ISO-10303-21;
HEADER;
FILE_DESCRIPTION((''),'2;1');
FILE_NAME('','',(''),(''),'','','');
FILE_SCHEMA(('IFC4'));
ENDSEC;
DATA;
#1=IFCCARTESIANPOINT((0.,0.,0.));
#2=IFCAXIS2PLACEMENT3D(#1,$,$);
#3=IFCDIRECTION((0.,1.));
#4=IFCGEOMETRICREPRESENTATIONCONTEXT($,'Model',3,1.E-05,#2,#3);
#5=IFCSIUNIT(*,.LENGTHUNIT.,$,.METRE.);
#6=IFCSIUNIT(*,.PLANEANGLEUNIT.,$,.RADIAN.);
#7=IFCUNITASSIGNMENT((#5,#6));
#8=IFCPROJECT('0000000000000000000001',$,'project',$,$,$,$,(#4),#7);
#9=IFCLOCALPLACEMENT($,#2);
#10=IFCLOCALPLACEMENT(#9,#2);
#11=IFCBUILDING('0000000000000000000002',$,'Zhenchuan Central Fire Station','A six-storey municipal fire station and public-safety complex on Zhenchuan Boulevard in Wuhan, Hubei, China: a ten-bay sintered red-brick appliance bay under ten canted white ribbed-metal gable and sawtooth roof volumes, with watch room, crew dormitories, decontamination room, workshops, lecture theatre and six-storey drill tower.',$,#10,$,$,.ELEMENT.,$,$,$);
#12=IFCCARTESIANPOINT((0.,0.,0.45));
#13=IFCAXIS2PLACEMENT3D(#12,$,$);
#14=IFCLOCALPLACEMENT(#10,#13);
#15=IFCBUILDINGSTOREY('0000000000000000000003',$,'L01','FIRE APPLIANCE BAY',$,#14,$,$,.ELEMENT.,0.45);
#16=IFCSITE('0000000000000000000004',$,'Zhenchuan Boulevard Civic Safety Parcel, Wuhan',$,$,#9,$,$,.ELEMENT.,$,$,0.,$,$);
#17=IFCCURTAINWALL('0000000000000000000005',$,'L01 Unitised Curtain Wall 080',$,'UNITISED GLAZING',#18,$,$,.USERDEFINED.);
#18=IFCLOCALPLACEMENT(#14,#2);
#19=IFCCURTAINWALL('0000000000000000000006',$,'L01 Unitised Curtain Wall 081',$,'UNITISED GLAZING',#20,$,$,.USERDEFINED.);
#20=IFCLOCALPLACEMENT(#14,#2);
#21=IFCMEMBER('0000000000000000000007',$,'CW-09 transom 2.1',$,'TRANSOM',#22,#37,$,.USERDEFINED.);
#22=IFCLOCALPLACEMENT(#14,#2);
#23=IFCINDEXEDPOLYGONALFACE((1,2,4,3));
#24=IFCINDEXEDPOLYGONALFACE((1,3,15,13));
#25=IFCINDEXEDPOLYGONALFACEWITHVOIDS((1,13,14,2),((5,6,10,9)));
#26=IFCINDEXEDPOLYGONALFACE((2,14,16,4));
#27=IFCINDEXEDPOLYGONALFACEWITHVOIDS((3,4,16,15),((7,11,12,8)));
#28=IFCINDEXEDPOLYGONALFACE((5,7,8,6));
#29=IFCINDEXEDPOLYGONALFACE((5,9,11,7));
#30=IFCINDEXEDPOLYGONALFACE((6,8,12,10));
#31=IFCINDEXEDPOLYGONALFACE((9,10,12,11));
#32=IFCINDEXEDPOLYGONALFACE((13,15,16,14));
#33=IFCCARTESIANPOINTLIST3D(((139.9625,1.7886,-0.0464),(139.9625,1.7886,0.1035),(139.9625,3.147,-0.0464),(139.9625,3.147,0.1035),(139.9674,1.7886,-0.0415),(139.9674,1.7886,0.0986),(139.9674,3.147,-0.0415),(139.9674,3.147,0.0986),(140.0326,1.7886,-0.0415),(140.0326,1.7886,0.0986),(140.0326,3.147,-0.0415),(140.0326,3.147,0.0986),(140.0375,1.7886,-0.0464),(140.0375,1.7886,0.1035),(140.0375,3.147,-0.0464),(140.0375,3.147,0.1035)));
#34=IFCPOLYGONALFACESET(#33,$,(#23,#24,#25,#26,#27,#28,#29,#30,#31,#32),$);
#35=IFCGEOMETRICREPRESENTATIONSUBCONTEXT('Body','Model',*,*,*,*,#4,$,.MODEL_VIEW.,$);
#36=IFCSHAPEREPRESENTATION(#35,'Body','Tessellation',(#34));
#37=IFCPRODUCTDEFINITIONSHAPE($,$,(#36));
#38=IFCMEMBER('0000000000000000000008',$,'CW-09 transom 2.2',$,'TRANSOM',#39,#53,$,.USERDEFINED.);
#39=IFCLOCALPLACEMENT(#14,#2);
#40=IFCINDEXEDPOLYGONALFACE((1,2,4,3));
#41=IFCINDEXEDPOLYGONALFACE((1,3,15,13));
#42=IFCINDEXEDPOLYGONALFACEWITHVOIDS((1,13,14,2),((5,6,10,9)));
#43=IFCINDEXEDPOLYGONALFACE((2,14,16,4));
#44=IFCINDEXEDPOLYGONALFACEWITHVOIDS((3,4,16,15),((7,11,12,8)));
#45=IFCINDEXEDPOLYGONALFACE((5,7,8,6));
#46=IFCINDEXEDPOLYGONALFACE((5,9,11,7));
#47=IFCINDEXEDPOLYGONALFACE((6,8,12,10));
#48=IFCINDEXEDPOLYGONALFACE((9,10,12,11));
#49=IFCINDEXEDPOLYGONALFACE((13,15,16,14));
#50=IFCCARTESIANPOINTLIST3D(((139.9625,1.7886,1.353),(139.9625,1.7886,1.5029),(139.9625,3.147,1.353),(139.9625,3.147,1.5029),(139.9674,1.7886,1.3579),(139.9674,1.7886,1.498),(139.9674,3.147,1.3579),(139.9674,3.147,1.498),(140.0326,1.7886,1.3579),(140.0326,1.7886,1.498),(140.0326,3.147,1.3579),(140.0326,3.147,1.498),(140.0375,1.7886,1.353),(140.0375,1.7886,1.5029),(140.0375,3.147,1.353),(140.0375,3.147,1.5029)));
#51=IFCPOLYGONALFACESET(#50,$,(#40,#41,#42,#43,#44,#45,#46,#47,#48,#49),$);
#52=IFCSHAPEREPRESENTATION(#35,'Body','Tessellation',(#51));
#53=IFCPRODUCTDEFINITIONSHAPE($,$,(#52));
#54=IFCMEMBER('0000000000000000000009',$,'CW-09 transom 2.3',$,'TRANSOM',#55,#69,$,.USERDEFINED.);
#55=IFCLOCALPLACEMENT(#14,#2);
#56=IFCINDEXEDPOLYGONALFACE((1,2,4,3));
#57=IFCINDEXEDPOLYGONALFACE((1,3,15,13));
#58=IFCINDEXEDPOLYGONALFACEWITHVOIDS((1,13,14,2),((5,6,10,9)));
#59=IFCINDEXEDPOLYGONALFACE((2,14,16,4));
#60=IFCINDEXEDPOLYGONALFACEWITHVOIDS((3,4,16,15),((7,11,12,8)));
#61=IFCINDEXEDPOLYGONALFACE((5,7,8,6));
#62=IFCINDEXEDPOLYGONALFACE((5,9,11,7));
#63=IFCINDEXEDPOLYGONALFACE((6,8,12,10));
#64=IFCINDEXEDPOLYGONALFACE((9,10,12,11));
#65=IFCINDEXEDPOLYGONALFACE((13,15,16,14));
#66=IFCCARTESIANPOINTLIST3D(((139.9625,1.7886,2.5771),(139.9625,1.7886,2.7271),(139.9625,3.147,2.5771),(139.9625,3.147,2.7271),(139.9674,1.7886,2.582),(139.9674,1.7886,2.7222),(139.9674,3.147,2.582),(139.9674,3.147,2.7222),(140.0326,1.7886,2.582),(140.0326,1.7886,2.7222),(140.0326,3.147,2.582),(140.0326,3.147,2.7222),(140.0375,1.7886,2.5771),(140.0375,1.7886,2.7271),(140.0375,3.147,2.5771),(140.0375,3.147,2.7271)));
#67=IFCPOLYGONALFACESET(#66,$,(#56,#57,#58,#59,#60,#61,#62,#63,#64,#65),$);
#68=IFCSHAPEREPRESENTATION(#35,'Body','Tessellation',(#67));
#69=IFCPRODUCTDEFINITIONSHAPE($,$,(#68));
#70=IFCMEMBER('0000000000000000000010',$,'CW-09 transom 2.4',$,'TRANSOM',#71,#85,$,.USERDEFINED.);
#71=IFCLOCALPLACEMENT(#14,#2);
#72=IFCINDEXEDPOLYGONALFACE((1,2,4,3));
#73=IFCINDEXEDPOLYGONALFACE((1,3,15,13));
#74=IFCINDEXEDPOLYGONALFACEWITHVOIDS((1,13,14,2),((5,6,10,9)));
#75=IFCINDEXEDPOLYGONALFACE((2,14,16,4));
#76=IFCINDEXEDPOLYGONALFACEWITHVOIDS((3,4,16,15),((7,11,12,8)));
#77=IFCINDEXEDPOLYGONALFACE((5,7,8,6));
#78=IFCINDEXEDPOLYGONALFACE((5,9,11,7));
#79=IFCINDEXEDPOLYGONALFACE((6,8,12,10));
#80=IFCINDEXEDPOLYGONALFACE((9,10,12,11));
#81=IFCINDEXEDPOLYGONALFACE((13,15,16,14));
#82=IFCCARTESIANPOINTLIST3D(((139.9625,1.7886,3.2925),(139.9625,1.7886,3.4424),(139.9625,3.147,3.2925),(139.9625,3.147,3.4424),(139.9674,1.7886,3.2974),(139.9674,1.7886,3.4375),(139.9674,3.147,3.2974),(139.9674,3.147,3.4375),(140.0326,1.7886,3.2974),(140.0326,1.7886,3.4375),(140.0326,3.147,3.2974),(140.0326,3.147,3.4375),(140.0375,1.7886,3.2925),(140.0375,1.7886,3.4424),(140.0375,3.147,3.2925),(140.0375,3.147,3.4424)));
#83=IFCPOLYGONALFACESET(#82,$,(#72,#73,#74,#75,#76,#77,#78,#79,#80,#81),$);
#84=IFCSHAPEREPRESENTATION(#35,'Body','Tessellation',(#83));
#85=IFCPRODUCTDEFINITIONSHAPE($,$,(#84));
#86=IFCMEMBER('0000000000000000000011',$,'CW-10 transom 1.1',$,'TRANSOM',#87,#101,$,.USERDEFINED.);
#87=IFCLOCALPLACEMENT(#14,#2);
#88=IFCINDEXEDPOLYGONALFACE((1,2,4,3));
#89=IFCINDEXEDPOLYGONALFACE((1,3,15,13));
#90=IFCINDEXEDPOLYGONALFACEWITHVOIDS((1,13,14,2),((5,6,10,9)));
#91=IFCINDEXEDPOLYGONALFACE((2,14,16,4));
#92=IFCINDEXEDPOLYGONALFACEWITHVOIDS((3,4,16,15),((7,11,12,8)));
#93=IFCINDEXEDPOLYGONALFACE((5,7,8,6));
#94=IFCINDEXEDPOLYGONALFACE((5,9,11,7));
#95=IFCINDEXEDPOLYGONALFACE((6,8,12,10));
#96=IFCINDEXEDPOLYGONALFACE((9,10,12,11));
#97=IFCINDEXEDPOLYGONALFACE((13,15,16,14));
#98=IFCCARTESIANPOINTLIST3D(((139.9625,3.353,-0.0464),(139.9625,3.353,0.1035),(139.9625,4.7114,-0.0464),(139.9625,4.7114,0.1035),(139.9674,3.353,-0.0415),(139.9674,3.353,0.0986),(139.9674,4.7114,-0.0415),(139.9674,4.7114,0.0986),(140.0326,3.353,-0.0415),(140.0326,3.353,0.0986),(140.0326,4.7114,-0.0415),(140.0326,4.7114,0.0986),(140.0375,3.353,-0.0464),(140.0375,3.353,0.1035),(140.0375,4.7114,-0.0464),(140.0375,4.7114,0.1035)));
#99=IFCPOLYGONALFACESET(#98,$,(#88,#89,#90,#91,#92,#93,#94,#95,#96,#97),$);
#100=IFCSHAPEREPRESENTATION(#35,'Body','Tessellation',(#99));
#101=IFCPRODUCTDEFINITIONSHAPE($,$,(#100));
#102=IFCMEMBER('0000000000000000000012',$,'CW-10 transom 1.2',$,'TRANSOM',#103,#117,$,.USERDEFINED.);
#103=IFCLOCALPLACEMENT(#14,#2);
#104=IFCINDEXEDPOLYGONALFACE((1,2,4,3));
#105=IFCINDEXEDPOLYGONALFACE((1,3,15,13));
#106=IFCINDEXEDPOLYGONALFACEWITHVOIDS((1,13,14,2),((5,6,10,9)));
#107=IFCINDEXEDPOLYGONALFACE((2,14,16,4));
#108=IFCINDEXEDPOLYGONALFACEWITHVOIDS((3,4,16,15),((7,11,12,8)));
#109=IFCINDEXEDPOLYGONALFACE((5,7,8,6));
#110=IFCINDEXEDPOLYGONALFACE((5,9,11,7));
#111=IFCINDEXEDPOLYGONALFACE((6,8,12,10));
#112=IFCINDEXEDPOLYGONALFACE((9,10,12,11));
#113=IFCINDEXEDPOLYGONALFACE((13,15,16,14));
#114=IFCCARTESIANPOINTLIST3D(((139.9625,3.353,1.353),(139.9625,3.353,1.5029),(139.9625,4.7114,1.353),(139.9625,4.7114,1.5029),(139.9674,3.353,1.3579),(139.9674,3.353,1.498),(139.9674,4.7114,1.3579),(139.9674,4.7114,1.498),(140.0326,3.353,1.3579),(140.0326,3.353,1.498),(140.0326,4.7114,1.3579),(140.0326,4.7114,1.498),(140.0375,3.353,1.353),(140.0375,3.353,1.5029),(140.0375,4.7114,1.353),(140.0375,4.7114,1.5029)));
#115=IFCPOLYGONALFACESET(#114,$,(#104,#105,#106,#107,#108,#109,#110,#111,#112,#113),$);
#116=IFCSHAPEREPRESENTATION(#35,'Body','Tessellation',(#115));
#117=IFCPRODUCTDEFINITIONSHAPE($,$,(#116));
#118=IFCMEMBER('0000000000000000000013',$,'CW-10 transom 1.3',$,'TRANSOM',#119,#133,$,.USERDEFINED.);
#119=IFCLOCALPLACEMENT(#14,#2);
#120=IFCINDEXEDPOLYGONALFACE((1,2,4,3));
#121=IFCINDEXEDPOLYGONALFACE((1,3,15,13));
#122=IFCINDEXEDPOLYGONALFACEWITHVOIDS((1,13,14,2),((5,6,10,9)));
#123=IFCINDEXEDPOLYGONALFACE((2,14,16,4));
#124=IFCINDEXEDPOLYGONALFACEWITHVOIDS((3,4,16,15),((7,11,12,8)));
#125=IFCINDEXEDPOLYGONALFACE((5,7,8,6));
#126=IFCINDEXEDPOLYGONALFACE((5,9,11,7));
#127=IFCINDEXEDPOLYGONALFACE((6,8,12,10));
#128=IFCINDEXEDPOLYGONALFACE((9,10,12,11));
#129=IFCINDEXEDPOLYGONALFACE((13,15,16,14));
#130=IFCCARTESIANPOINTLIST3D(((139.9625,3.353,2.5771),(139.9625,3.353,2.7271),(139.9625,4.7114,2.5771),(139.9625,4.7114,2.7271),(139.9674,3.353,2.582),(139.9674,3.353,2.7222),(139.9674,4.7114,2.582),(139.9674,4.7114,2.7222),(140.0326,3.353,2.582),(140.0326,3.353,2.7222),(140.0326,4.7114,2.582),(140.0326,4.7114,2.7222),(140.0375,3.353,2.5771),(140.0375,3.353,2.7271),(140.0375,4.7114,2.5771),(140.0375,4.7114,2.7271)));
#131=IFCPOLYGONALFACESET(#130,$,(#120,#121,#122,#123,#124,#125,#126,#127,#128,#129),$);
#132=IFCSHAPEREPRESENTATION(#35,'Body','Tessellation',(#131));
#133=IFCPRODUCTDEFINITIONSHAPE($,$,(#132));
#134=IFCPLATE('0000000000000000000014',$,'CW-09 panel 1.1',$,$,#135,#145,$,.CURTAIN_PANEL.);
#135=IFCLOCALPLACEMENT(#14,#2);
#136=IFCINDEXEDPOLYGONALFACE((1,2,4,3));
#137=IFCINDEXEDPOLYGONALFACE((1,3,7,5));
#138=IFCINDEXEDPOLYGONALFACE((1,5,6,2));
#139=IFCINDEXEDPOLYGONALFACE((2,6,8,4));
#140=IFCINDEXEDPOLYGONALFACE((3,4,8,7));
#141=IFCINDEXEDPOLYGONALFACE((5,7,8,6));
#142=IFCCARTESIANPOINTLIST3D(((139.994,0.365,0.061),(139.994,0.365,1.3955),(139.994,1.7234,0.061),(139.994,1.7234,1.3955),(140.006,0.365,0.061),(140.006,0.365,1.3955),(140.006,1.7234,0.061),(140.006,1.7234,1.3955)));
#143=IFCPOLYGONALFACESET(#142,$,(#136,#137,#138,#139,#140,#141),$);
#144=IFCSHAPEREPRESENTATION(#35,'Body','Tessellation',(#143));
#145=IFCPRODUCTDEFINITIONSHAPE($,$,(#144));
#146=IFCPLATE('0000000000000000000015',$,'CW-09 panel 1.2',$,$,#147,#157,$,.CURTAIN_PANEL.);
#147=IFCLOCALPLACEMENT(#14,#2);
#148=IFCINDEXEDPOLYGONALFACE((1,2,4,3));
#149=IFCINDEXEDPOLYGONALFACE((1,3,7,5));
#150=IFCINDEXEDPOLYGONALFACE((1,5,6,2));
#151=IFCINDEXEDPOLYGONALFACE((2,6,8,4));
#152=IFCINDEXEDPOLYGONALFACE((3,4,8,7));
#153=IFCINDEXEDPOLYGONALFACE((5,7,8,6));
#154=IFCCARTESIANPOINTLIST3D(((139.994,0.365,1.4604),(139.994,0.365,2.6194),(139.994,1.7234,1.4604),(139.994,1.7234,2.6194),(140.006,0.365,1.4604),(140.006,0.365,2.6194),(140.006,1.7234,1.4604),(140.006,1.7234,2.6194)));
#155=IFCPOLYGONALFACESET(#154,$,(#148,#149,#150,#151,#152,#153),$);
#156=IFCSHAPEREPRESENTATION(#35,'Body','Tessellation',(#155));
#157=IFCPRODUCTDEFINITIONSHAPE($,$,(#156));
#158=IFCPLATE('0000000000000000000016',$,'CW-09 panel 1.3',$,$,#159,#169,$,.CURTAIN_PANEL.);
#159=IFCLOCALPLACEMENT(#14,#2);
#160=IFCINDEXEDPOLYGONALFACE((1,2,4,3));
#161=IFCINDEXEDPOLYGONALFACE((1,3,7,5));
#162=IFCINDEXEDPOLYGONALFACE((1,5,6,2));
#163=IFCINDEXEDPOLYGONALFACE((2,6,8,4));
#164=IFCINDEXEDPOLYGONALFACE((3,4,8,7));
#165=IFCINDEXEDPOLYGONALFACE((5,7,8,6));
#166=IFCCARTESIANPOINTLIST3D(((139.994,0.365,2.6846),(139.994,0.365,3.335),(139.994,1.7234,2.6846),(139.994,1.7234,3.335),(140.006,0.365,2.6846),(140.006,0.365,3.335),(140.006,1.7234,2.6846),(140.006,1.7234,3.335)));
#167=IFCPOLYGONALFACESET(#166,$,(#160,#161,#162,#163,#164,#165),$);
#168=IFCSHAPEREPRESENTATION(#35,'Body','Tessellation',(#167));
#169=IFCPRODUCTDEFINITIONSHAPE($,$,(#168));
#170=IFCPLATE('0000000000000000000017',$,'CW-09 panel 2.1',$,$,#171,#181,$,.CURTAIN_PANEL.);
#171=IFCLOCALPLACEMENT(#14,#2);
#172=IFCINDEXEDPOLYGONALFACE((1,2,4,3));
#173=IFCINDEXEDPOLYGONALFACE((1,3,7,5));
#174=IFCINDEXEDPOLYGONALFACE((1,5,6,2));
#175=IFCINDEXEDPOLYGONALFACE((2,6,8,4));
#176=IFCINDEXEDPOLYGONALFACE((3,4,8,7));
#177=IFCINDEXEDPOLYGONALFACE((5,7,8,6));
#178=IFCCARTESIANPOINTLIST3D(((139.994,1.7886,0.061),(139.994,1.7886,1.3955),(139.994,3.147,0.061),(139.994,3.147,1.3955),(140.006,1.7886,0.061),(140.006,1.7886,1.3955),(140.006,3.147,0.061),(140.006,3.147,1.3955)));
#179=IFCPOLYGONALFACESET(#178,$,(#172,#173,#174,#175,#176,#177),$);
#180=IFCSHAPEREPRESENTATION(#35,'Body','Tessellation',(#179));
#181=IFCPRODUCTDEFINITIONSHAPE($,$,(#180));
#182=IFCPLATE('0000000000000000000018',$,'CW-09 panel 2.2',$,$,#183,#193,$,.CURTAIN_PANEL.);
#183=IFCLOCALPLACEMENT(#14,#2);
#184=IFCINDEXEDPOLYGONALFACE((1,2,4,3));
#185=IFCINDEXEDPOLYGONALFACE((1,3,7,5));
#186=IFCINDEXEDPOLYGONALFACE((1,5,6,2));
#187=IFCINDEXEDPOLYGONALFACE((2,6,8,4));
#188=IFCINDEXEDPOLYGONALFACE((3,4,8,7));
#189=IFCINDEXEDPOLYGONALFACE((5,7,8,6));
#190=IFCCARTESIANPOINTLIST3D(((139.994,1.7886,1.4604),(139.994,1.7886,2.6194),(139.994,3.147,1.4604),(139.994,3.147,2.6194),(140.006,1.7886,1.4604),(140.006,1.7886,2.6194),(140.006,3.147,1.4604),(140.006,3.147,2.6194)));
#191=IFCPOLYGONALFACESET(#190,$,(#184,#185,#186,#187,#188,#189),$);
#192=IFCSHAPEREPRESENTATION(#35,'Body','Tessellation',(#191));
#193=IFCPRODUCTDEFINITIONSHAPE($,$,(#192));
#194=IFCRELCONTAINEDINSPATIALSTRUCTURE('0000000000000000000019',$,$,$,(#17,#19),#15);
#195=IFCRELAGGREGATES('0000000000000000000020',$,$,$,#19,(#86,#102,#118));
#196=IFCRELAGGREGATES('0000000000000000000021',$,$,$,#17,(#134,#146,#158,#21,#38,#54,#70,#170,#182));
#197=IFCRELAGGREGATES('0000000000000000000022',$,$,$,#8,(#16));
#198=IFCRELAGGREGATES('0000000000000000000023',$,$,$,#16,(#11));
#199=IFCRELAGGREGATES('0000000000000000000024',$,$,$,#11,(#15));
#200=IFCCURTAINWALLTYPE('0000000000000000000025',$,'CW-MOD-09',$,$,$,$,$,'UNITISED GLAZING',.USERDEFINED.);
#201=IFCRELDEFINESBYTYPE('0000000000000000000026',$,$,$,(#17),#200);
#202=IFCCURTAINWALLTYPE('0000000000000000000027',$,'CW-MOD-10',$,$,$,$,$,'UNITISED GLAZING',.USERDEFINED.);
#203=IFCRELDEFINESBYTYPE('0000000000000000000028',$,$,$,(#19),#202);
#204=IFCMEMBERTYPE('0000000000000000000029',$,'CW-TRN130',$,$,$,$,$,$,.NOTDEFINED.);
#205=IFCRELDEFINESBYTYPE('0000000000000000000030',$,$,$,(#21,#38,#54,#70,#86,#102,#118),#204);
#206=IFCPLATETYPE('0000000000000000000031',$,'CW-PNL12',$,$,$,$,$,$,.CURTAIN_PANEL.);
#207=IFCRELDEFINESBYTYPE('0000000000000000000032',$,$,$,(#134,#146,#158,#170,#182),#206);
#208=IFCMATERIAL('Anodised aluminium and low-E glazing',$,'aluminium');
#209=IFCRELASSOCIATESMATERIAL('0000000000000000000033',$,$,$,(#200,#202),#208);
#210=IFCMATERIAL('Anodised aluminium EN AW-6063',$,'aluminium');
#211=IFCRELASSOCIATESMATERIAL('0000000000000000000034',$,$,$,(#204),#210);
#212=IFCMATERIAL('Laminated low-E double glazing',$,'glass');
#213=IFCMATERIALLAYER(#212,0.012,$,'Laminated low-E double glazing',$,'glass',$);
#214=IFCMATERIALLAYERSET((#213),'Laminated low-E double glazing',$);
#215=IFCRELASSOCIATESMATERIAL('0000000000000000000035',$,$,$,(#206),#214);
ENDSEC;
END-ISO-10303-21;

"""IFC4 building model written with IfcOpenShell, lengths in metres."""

from ifc_helpers import new_model, si_unit, direction, frame, origin, origin_2d, place, context, subcontext, project, spatial, rectangle, hollow_rectangle, extrude, material, layer, layer_set, material_profile, profile_set, type_object, element, aggregate, save


model = new_model("IFC4")

# Units and contexts
model_context = context("Model", 3, precision=1e-05, world=origin(), true_north=direction((0.0, 1.0)))
body_context = subcontext(model_context, "Body", "Model", "MODEL_VIEW")
ifc_project = project(units=[si_unit("LENGTHUNIT", "METRE"), si_unit("PLANEANGLEUNIT", "RADIAN")], contexts=[model_context])

# Site, building, storey
site_placement = place(None, origin())
site = spatial("IfcSite", under=ifc_project, at=site_placement, Name="Zhenchuan Boulevard Civic Safety Parcel, Wuhan", CompositionType="ELEMENT", RefElevation=0.0)
building_placement = place(site_placement, origin())
building = spatial("IfcBuilding", under=site, at=building_placement, Name="Zhenchuan Central Fire Station", Description="A six-storey municipal fire station and public-safety complex on Zhenchuan Boulevard in Wuhan, Hubei, China: a ten-bay sintered red-brick appliance bay under ten canted white ribbed-metal gable and sawtooth roof volumes, with watch room, crew dormitories, decontamination room, workshops, lecture theatre and six-storey drill tower.", CompositionType="ELEMENT")
storey_placement = place(building_placement, frame((0.0, 0.0, 0.45)))
storey = spatial("IfcBuildingStorey", under=building, at=storey_placement, Name="L01", Description="FIRE APPLIANCE BAY", CompositionType="ELEMENT", Elevation=0.45)

# Curtain wall
ifc_material_1 = material(Name="Anodised aluminium and low-E glazing", Category="aluminium")
curtain_wall_type_1 = type_object("IfcCurtainWallType", Name="CW-MOD-09", ElementType="UNITISED GLAZING", PredefinedType="USERDEFINED", material=ifc_material_1)
curtain_wall_1_placement = place(storey_placement, origin())
curtain_wall_1 = element("IfcCurtainWall", 1, at=curtain_wall_1_placement, inside=storey, type_object=curtain_wall_type_1, Name="L01 Unitised Curtain Wall 080", ObjectType="UNITISED GLAZING", PredefinedType="USERDEFINED")
ifc_material_2 = material(Name="Anodised aluminium EN AW-6063", Category="aluminium")

# Curtain wall
curtain_wall_type_2 = type_object("IfcCurtainWallType", Name="CW-MOD-10", ElementType="UNITISED GLAZING", PredefinedType="USERDEFINED", material=ifc_material_1)
curtain_wall_2_placement = place(storey_placement, origin())
curtain_wall_2 = element("IfcCurtainWall", 2, at=curtain_wall_2_placement, inside=storey, type_object=curtain_wall_type_2, Name="L01 Unitised Curtain Wall 081", ObjectType="UNITISED GLAZING", PredefinedType="USERDEFINED")

# Members
ifc_material_profile_1 = material_profile(ifc_material_2, hollow_rectangle(XDim=0.075, YDim=0.1499, WallThickness=0.0049, at=origin_2d()), Name="ALU-T 150x75")
ifc_profile_set_1 = profile_set([ifc_material_profile_1], Name="Anodised aluminium EN AW-6063")
member_type_1 = type_object("IfcMemberType", Name="CW-TRN130", PredefinedType="NOTDEFINED", material=ifc_profile_set_1)
member_1_placement = place(storey_placement, frame((140.0, 1.7886, 0.0286), z_axis=(0.0, 1.0, 0.0), x_axis=(-1.0, 0.0, 0.0)))
member_1 = element("IfcMember", 3, at=member_1_placement, type_object=member_type_1, Name="CW-09 transom 2.1", ObjectType="TRANSOM", PredefinedType="USERDEFINED", context=body_context, shape_type="SweptSolid", body=[
    extrude(hollow_rectangle(XDim=0.075, YDim=0.1499, WallThickness=0.0049, at=origin_2d()), origin(), (0.0, 0.0, 1.0), 1.3584),
])
member_2_placement = place(storey_placement, frame((140.0, 1.7886, 1.428), z_axis=(0.0, 1.0, 0.0), x_axis=(-1.0, 0.0, 0.0)))
member_2 = element("IfcMember", 4, at=member_2_placement, type_object=member_type_1, Name="CW-09 transom 2.2", ObjectType="TRANSOM", PredefinedType="USERDEFINED", context=body_context, shape_type="SweptSolid", body=[
    extrude(hollow_rectangle(XDim=0.075, YDim=0.1499, WallThickness=0.0049, at=origin_2d()), origin(), (0.0, 0.0, 1.0), 1.3584),
])
member_3_placement = place(storey_placement, frame((140.0, 1.7886, 2.6521), z_axis=(0.0, 1.0, 0.0), x_axis=(-1.0, 0.0, 0.0)))
member_3 = element("IfcMember", 5, at=member_3_placement, type_object=member_type_1, Name="CW-09 transom 2.3", ObjectType="TRANSOM", PredefinedType="USERDEFINED", context=body_context, shape_type="SweptSolid", body=[
    extrude(hollow_rectangle(XDim=0.075, YDim=0.1499, WallThickness=0.0049, at=origin_2d()), origin(), (0.0, 0.0, 1.0), 1.3584),
])
member_4_placement = place(storey_placement, frame((140.0, 1.7886, 3.3674), z_axis=(0.0, 1.0, 0.0), x_axis=(-1.0, 0.0, 0.0)))
member_4 = element("IfcMember", 6, at=member_4_placement, type_object=member_type_1, Name="CW-09 transom 2.4", ObjectType="TRANSOM", PredefinedType="USERDEFINED", context=body_context, shape_type="SweptSolid", body=[
    extrude(hollow_rectangle(XDim=0.075, YDim=0.1499, WallThickness=0.0049, at=origin_2d()), origin(), (0.0, 0.0, 1.0), 1.3584),
])
member_5_placement = place(storey_placement, frame((140.0, 3.353, 0.0286), z_axis=(0.0, 1.0, 0.0), x_axis=(-1.0, 0.0, 0.0)))
member_5 = element("IfcMember", 7, at=member_5_placement, type_object=member_type_1, Name="CW-10 transom 1.1", ObjectType="TRANSOM", PredefinedType="USERDEFINED", context=body_context, shape_type="SweptSolid", body=[
    extrude(hollow_rectangle(XDim=0.075, YDim=0.1499, WallThickness=0.0049, at=origin_2d()), origin(), (0.0, 0.0, 1.0), 1.3584),
])
member_6_placement = place(storey_placement, frame((140.0, 3.353, 1.428), z_axis=(0.0, 1.0, 0.0), x_axis=(-1.0, 0.0, 0.0)))
member_6 = element("IfcMember", 8, at=member_6_placement, type_object=member_type_1, Name="CW-10 transom 1.2", ObjectType="TRANSOM", PredefinedType="USERDEFINED", context=body_context, shape_type="SweptSolid", body=[
    extrude(hollow_rectangle(XDim=0.075, YDim=0.1499, WallThickness=0.0049, at=origin_2d()), origin(), (0.0, 0.0, 1.0), 1.3584),
])
member_7_placement = place(storey_placement, frame((140.0, 3.353, 2.6521), z_axis=(0.0, 1.0, 0.0), x_axis=(-1.0, 0.0, 0.0)))
member_7 = element("IfcMember", 9, at=member_7_placement, type_object=member_type_1, Name="CW-10 transom 1.3", ObjectType="TRANSOM", PredefinedType="USERDEFINED", context=body_context, shape_type="SweptSolid", body=[
    extrude(hollow_rectangle(XDim=0.075, YDim=0.1499, WallThickness=0.0049, at=origin_2d()), origin(), (0.0, 0.0, 1.0), 1.3584),
])
aggregate(curtain_wall_2, [member_5, member_6, member_7])

# Plates
ifc_material_3 = material(Name="Laminated low-E double glazing", Category="glass")
ifc_layer = layer(ifc_material_3, 0.012, Name="Laminated low-E double glazing", Category="glass")
ifc_layer_set = layer_set([ifc_layer], Name="Laminated low-E double glazing")
plate_type = type_object("IfcPlateType", Name="CW-PNL12", PredefinedType="CURTAIN_PANEL", material=ifc_layer_set)
plate_1_placement = place(storey_placement, frame((140.0, 1.0442, 0.061), z_axis=(0.0, 0.0, 1.0), x_axis=(0.0, 1.0, 0.0)))
plate_1 = element("IfcPlate", 10, at=plate_1_placement, type_object=plate_type, Name="CW-09 panel 1.1", PredefinedType="CURTAIN_PANEL", context=body_context, shape_type="SweptSolid", body=[
    extrude(rectangle(XDim=1.3584, YDim=0.012, at=origin_2d()), origin(), (0.0, 0.0, 1.0), 1.3345),
])
plate_2_placement = place(storey_placement, frame((140.0, 1.0442, 1.4604), z_axis=(0.0, 0.0, 1.0), x_axis=(0.0, 1.0, 0.0)))
plate_2 = element("IfcPlate", 11, at=plate_2_placement, type_object=plate_type, Name="CW-09 panel 1.2", PredefinedType="CURTAIN_PANEL", context=body_context, shape_type="SweptSolid", body=[
    extrude(rectangle(XDim=1.3584, YDim=0.012, at=origin_2d()), origin(), (0.0, 0.0, 1.0), 1.1589),
])
plate_3_placement = place(storey_placement, frame((140.0, 1.0442, 2.6846), z_axis=(0.0, 0.0, 1.0), x_axis=(0.0, 1.0, 0.0)))
plate_3 = element("IfcPlate", 12, at=plate_3_placement, type_object=plate_type, Name="CW-09 panel 1.3", PredefinedType="CURTAIN_PANEL", context=body_context, shape_type="SweptSolid", body=[
    extrude(rectangle(XDim=1.3584, YDim=0.012, at=origin_2d()), origin(), (0.0, 0.0, 1.0), 0.6504),
])
plate_4_placement = place(storey_placement, frame((140.0, 2.4678, 0.061), z_axis=(0.0, 0.0, 1.0), x_axis=(0.0, 1.0, 0.0)))
plate_4 = element("IfcPlate", 13, at=plate_4_placement, type_object=plate_type, Name="CW-09 panel 2.1", PredefinedType="CURTAIN_PANEL", context=body_context, shape_type="SweptSolid", body=[
    extrude(rectangle(XDim=1.3584, YDim=0.012, at=origin_2d()), origin(), (0.0, 0.0, 1.0), 1.3345),
])
plate_5_placement = place(storey_placement, frame((140.0, 2.4678, 1.4604), z_axis=(0.0, 0.0, 1.0), x_axis=(0.0, 1.0, 0.0)))
plate_5 = element("IfcPlate", 14, at=plate_5_placement, type_object=plate_type, Name="CW-09 panel 2.2", PredefinedType="CURTAIN_PANEL", context=body_context, shape_type="SweptSolid", body=[
    extrude(rectangle(XDim=1.3584, YDim=0.012, at=origin_2d()), origin(), (0.0, 0.0, 1.0), 1.1589),
])
aggregate(curtain_wall_1, [plate_1, plate_2, plate_3, member_1, member_2, member_3, member_4, plate_4, plate_5])

save(model, "model.ifc")
